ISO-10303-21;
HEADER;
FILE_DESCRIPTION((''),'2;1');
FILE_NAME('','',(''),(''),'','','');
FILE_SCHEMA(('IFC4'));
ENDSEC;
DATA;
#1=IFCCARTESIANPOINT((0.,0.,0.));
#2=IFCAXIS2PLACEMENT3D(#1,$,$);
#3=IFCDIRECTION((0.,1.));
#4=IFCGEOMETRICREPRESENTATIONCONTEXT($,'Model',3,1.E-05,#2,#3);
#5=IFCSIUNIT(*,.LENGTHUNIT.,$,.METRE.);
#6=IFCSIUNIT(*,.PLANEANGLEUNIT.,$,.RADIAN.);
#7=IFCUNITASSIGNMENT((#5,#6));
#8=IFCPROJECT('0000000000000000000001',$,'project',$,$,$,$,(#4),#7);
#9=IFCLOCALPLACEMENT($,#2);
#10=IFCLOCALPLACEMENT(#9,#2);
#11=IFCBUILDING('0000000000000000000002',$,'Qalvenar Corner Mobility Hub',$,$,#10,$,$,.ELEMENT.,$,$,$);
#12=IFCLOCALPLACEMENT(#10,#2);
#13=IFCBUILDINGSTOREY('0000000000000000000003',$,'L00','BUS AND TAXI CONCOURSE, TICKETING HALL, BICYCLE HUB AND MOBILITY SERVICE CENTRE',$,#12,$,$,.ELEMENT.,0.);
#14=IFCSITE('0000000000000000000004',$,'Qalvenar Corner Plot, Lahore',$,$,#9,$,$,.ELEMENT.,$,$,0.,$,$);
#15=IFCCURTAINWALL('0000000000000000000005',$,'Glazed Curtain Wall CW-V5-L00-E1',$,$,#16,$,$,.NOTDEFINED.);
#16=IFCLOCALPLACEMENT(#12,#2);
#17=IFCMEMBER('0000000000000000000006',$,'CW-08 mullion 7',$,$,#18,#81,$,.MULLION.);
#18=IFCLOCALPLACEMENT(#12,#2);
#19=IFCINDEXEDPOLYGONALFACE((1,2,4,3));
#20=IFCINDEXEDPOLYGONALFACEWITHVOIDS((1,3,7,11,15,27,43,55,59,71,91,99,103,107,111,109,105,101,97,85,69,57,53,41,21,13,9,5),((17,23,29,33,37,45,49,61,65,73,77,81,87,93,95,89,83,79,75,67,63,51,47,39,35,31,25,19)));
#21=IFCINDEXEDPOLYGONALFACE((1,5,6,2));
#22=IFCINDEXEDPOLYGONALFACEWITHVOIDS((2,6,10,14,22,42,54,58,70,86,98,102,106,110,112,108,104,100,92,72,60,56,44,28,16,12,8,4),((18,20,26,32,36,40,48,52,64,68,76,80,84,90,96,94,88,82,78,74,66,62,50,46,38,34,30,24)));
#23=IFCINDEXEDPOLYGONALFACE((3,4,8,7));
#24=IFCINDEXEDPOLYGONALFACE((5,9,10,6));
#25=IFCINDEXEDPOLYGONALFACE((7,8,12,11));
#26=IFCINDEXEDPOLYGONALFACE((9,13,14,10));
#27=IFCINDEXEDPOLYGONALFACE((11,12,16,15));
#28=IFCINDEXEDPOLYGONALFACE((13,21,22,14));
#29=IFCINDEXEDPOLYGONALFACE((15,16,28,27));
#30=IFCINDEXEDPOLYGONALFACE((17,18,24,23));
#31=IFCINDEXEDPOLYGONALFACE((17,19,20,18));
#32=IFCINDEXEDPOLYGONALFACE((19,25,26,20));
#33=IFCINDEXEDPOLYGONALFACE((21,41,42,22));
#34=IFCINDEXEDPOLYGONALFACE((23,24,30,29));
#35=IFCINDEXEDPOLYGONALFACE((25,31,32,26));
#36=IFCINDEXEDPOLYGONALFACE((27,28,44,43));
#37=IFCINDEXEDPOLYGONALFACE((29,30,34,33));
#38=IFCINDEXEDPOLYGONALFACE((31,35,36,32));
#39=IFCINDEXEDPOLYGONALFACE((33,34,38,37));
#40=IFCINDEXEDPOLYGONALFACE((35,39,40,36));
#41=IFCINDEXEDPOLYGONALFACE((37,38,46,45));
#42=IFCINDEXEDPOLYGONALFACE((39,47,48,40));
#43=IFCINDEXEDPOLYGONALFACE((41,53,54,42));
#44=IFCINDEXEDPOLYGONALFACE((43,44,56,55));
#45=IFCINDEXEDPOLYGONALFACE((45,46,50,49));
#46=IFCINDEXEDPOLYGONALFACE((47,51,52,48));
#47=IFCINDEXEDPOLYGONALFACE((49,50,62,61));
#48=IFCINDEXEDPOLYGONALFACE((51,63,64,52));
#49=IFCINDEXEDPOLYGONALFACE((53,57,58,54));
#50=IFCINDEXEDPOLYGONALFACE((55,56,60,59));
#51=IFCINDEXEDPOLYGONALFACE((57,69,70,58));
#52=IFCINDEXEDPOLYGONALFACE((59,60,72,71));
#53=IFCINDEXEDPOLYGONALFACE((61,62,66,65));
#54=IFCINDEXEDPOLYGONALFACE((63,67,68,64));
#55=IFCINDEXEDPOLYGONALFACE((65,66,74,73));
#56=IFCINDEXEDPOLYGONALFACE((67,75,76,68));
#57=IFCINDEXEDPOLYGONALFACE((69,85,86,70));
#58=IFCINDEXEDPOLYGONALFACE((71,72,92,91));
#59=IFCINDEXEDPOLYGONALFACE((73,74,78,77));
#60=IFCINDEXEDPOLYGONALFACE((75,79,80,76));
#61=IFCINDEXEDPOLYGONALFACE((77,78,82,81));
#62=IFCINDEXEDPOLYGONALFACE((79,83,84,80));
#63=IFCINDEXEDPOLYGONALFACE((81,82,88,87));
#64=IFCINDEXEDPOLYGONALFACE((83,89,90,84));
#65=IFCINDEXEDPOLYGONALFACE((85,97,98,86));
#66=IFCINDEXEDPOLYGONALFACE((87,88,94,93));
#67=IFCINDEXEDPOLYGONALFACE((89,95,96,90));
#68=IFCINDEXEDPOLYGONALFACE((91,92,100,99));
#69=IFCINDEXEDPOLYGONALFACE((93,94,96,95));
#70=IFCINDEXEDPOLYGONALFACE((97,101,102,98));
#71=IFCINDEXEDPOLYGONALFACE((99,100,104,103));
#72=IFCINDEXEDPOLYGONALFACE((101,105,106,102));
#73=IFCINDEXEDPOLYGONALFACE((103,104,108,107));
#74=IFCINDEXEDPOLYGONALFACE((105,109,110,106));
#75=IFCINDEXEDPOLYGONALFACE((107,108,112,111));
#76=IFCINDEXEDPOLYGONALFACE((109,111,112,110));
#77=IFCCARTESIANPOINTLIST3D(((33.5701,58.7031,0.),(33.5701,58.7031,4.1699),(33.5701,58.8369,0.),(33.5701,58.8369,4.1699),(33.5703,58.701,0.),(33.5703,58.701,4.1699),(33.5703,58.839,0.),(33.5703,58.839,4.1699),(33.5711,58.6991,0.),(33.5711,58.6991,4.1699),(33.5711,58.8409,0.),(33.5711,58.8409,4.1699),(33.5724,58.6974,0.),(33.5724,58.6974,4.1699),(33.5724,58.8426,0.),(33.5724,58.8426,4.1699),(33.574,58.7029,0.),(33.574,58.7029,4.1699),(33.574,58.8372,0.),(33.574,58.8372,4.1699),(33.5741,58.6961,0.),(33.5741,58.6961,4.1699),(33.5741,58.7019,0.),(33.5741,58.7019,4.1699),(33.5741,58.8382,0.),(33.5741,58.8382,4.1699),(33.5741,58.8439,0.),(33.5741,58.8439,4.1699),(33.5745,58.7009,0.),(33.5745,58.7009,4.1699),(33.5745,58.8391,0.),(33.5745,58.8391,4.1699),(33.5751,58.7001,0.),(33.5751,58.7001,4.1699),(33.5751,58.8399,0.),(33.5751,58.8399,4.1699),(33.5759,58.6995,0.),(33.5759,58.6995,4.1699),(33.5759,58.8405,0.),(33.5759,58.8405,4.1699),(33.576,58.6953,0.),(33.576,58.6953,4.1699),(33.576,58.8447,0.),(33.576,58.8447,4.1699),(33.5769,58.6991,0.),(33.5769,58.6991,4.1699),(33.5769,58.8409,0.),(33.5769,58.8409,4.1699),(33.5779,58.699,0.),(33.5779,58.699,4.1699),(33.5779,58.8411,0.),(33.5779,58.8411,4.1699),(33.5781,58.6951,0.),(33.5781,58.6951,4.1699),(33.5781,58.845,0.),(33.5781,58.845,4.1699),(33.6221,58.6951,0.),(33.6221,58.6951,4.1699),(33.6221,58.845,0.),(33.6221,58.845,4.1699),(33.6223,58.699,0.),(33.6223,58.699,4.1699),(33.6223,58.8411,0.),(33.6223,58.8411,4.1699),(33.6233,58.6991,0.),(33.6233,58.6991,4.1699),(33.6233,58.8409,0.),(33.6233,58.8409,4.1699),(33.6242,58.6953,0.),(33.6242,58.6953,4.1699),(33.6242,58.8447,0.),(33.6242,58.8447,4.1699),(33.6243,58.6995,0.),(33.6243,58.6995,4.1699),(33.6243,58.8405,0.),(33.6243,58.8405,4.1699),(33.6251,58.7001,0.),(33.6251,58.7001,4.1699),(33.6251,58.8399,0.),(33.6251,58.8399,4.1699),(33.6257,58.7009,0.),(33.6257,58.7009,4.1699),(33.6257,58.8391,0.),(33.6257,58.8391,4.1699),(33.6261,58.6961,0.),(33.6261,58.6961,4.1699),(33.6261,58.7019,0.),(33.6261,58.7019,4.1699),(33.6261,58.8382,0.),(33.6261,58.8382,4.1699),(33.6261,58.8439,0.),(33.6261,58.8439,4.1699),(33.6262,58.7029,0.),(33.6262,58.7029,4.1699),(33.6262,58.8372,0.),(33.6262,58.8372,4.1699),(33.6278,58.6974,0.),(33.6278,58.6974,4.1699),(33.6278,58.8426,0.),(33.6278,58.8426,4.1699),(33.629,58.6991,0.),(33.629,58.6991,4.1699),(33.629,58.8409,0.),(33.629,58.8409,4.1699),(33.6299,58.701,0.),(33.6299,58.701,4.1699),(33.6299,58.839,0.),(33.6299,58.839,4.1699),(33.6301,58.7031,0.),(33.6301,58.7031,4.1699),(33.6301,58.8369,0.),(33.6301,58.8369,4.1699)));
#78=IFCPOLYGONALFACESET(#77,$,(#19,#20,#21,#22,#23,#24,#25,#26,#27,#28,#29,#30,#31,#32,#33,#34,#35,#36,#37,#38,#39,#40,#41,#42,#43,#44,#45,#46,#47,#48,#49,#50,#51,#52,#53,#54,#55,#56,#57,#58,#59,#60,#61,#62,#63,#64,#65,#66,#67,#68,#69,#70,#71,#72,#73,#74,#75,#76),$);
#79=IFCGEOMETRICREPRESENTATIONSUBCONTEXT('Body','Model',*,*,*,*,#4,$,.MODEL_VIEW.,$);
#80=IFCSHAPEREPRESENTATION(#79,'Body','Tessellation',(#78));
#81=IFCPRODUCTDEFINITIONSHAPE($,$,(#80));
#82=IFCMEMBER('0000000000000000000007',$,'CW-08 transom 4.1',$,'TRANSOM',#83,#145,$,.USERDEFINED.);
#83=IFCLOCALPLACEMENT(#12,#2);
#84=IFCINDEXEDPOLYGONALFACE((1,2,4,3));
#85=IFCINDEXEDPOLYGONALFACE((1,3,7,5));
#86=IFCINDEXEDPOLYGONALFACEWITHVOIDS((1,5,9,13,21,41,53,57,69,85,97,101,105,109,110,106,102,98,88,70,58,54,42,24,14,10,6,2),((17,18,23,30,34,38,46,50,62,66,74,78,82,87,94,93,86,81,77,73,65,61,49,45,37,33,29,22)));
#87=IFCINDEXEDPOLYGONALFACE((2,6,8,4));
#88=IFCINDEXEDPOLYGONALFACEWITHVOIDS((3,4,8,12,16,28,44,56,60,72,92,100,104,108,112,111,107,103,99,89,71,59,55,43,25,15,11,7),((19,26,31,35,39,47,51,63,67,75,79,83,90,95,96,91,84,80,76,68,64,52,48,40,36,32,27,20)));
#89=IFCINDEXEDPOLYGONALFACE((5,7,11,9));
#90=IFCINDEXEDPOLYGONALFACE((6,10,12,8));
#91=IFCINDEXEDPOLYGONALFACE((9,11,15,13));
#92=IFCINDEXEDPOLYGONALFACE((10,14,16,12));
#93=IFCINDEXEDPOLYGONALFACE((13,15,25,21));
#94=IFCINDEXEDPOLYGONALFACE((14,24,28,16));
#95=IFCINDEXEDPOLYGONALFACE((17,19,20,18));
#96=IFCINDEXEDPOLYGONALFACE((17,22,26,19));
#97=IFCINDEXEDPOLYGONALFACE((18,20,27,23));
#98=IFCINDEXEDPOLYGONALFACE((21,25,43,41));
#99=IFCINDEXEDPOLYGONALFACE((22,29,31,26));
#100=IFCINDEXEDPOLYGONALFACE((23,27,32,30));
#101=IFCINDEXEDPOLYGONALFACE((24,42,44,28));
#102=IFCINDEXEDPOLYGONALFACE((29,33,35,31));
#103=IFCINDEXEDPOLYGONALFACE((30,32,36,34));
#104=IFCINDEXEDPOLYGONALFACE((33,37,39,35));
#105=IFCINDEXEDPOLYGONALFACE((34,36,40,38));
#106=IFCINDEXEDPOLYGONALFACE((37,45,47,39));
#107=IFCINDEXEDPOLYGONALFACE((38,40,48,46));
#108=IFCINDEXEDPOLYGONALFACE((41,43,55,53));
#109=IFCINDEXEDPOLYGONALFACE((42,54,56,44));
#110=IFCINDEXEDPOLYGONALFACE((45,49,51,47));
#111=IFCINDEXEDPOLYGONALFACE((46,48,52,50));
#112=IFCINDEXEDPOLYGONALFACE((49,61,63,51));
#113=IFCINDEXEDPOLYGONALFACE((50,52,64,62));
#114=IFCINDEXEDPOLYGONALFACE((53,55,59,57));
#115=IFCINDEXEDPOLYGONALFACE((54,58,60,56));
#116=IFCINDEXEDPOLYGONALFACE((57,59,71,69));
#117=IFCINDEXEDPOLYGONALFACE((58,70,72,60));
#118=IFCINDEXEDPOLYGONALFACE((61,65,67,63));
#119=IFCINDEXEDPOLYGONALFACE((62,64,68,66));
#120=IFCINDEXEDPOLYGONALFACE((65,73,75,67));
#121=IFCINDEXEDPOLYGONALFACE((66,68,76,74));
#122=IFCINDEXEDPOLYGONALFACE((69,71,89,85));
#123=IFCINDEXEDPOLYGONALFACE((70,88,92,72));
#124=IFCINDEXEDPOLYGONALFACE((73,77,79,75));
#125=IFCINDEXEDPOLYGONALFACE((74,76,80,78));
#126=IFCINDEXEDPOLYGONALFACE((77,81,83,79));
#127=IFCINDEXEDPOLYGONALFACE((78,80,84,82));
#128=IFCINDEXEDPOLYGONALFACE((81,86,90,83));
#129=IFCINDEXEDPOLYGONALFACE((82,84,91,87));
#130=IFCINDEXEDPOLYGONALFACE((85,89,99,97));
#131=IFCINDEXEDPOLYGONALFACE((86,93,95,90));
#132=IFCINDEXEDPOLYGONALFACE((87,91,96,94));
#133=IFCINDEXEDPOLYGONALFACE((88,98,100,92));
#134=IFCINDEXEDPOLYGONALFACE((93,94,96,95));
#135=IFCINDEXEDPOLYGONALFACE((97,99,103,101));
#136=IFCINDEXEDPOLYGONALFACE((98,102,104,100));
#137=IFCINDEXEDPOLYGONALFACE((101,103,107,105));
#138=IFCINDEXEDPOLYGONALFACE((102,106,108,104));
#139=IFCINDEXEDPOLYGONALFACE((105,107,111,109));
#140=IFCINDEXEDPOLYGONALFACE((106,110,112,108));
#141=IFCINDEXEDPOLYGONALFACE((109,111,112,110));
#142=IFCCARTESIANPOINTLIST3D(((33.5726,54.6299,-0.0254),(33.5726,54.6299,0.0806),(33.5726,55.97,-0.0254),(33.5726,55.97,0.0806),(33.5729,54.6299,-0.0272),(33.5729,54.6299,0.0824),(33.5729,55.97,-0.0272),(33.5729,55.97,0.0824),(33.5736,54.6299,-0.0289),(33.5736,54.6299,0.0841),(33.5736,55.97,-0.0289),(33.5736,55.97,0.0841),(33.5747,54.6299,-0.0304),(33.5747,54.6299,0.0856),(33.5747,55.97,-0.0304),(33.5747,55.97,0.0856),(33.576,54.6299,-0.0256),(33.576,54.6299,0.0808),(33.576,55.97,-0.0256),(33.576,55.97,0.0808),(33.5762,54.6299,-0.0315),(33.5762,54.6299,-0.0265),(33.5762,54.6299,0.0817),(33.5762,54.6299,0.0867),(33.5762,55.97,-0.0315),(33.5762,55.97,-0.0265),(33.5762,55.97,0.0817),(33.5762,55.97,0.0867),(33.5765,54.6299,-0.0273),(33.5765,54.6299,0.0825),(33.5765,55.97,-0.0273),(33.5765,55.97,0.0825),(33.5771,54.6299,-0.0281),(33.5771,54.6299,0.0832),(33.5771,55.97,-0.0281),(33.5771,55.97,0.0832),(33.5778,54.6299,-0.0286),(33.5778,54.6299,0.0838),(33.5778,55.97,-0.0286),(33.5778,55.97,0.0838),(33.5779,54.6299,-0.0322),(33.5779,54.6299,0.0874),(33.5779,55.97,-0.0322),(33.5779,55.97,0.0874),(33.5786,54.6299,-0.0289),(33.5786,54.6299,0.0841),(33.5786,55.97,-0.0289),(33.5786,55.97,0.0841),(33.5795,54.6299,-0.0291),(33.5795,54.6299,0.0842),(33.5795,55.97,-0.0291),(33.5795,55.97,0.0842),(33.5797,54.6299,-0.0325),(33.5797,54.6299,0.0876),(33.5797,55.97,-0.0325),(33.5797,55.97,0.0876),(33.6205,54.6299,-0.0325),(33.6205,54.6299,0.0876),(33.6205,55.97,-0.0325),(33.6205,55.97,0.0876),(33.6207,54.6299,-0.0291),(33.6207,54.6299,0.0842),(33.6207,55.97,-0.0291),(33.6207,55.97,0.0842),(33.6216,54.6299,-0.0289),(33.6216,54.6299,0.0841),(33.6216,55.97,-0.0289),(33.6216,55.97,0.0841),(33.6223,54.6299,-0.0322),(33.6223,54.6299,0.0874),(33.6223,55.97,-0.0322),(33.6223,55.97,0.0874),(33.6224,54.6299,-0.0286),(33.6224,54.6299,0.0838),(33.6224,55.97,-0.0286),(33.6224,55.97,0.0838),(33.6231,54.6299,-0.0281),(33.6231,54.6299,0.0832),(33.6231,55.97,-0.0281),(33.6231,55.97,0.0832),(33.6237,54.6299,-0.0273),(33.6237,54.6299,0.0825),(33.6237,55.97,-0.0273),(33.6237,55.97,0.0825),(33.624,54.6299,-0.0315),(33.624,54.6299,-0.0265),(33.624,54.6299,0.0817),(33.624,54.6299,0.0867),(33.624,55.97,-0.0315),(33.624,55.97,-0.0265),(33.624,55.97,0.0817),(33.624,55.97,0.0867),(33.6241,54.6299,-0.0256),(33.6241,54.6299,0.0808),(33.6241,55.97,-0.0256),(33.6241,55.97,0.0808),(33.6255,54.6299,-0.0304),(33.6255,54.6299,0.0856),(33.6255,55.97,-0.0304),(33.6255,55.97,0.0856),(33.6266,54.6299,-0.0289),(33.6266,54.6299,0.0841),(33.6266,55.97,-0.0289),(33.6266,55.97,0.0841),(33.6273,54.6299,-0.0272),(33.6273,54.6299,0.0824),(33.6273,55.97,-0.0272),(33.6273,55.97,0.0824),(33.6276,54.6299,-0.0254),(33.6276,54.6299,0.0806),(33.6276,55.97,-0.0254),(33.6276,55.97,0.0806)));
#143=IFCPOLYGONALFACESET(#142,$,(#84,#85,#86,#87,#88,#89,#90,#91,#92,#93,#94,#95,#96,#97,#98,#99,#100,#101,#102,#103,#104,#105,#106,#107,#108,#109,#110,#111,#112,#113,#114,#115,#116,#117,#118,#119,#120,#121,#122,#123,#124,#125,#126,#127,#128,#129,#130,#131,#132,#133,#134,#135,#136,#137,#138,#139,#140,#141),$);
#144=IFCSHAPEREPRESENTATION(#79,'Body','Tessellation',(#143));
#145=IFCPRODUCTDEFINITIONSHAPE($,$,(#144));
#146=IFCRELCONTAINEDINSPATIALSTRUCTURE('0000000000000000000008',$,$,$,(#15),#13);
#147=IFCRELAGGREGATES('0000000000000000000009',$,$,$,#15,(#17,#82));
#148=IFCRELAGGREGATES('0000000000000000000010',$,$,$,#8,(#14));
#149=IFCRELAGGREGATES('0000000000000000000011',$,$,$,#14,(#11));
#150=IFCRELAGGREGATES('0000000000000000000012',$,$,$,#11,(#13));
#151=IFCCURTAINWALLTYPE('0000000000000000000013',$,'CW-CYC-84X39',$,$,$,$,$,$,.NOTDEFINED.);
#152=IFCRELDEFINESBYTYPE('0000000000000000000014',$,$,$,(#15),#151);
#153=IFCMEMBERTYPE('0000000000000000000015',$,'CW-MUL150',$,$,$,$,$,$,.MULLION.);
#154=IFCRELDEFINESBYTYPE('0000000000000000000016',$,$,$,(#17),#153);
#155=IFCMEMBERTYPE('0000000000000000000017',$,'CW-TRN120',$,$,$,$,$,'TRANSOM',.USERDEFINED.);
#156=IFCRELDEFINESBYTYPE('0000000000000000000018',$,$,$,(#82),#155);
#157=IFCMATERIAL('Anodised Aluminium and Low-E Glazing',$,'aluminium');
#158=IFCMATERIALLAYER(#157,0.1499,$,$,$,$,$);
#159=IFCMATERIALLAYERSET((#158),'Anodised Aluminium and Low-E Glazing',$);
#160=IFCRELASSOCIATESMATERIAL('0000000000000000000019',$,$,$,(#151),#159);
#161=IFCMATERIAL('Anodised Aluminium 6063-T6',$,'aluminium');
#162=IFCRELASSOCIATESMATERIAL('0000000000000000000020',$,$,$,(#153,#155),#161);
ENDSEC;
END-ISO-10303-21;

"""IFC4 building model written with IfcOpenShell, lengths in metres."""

from ifc_helpers import new_model, si_unit, direction, frame, origin, origin_2d, place, context, subcontext, project, spatial, hollow_rectangle, extrude, material, layer, layer_set, material_profile, profile_set, type_object, element, aggregate, save


model = new_model("IFC4")

# Units and contexts
model_context = context("Model", 3, precision=1e-05, world=origin(), true_north=direction((0.0, 1.0)))
body_context = subcontext(model_context, "Body", "Model", "MODEL_VIEW")
ifc_project = project(units=[si_unit("LENGTHUNIT", "METRE"), si_unit("PLANEANGLEUNIT", "RADIAN")], contexts=[model_context])

# Site, building, storey
site_placement = place(None, origin())
site = spatial("IfcSite", under=ifc_project, at=site_placement, Name="Qalvenar Corner Plot, Lahore", CompositionType="ELEMENT", RefElevation=0.0)
building_placement = place(site_placement, origin())
building = spatial("IfcBuilding", under=site, at=building_placement, Name="Qalvenar Corner Mobility Hub", CompositionType="ELEMENT")
storey_placement = place(building_placement, origin())
storey = spatial("IfcBuildingStorey", under=building, at=storey_placement, Name="L00", Description="BUS AND TAXI CONCOURSE, TICKETING HALL, BICYCLE HUB AND MOBILITY SERVICE CENTRE", CompositionType="ELEMENT", Elevation=0.0)

# Curtain wall, members
ifc_material_1 = material(Name="Anodised Aluminium and Low-E Glazing", Category="aluminium")
ifc_layer_1 = layer(ifc_material_1, 0.1499)
ifc_layer_set_1 = layer_set([ifc_layer_1], Name="Anodised Aluminium and Low-E Glazing")
curtain_wall_type = type_object("IfcCurtainWallType", Name="CW-CYC-84X39", PredefinedType="NOTDEFINED", material=ifc_layer_set_1)
curtain_wall_placement = place(storey_placement, origin())
curtain_wall = element("IfcCurtainWall", 1, at=curtain_wall_placement, inside=storey, type_object=curtain_wall_type, Name="Glazed Curtain Wall CW-V5-L00-E1", PredefinedType="NOTDEFINED")
ifc_material_2 = material(Name="Anodised Aluminium 6063-T6", Category="aluminium")
ifc_material_profile_1 = material_profile(ifc_material_2, hollow_rectangle(XDim=0.0601, YDim=0.1499, WallThickness=0.0039, InnerFilletRadius=0.0039, OuterFilletRadius=0.0081, at=origin_2d()), Name="RHS150x60x4")
ifc_profile_set_1 = profile_set([ifc_material_profile_1], Name="Anodised Aluminium 6063-T6")
member_type_1 = type_object("IfcMemberType", Name="CW-MUL150", PredefinedType="MULLION", material=ifc_profile_set_1)
member_1_placement = place(storey_placement, frame((33.6001, 58.77, 0.0), z_axis=(0.0, 0.0, 1.0), x_axis=(-1.0, 0.0, 0.0)))
member_1 = element("IfcMember", 2, at=member_1_placement, type_object=member_type_1, Name="CW-08 mullion 7", PredefinedType="MULLION", context=body_context, shape_type="SweptSolid", body=[
    extrude(hollow_rectangle(XDim=0.0601, YDim=0.1499, WallThickness=0.0039, InnerFilletRadius=0.0039, OuterFilletRadius=0.0081, at=origin_2d()), origin(), (0.0, 0.0, 1.0), 4.1699),
])
ifc_material_profile_2 = material_profile(ifc_material_2, hollow_rectangle(XDim=0.0549, YDim=0.1201, WallThickness=0.0034, InnerFilletRadius=0.0034, OuterFilletRadius=0.0071, at=origin_2d()), Name="RHS120x55x3.5")
ifc_profile_set_2 = profile_set([ifc_material_profile_2], Name="Anodised Aluminium 6063-T6")
member_type_2 = type_object("IfcMemberType", Name="CW-TRN120", ElementType="TRANSOM", PredefinedType="USERDEFINED", material=ifc_profile_set_2)
member_2_placement = place(storey_placement, frame((33.6001, 54.6299, 0.0276), z_axis=(0.0, 1.0, 0.0), x_axis=(-1.0, 0.0, 0.0)))
member_2 = element("IfcMember", 3, at=member_2_placement, type_object=member_type_2, Name="CW-08 transom 4.1", ObjectType="TRANSOM", PredefinedType="USERDEFINED", context=body_context, shape_type="SweptSolid", body=[
    extrude(hollow_rectangle(XDim=0.0549, YDim=0.1201, WallThickness=0.0034, InnerFilletRadius=0.0034, OuterFilletRadius=0.0071, at=origin_2d()), origin(), (0.0, 0.0, 1.0), 1.3401),
])
aggregate(curtain_wall, [member_1, member_2])

save(model, "model.ifc")
